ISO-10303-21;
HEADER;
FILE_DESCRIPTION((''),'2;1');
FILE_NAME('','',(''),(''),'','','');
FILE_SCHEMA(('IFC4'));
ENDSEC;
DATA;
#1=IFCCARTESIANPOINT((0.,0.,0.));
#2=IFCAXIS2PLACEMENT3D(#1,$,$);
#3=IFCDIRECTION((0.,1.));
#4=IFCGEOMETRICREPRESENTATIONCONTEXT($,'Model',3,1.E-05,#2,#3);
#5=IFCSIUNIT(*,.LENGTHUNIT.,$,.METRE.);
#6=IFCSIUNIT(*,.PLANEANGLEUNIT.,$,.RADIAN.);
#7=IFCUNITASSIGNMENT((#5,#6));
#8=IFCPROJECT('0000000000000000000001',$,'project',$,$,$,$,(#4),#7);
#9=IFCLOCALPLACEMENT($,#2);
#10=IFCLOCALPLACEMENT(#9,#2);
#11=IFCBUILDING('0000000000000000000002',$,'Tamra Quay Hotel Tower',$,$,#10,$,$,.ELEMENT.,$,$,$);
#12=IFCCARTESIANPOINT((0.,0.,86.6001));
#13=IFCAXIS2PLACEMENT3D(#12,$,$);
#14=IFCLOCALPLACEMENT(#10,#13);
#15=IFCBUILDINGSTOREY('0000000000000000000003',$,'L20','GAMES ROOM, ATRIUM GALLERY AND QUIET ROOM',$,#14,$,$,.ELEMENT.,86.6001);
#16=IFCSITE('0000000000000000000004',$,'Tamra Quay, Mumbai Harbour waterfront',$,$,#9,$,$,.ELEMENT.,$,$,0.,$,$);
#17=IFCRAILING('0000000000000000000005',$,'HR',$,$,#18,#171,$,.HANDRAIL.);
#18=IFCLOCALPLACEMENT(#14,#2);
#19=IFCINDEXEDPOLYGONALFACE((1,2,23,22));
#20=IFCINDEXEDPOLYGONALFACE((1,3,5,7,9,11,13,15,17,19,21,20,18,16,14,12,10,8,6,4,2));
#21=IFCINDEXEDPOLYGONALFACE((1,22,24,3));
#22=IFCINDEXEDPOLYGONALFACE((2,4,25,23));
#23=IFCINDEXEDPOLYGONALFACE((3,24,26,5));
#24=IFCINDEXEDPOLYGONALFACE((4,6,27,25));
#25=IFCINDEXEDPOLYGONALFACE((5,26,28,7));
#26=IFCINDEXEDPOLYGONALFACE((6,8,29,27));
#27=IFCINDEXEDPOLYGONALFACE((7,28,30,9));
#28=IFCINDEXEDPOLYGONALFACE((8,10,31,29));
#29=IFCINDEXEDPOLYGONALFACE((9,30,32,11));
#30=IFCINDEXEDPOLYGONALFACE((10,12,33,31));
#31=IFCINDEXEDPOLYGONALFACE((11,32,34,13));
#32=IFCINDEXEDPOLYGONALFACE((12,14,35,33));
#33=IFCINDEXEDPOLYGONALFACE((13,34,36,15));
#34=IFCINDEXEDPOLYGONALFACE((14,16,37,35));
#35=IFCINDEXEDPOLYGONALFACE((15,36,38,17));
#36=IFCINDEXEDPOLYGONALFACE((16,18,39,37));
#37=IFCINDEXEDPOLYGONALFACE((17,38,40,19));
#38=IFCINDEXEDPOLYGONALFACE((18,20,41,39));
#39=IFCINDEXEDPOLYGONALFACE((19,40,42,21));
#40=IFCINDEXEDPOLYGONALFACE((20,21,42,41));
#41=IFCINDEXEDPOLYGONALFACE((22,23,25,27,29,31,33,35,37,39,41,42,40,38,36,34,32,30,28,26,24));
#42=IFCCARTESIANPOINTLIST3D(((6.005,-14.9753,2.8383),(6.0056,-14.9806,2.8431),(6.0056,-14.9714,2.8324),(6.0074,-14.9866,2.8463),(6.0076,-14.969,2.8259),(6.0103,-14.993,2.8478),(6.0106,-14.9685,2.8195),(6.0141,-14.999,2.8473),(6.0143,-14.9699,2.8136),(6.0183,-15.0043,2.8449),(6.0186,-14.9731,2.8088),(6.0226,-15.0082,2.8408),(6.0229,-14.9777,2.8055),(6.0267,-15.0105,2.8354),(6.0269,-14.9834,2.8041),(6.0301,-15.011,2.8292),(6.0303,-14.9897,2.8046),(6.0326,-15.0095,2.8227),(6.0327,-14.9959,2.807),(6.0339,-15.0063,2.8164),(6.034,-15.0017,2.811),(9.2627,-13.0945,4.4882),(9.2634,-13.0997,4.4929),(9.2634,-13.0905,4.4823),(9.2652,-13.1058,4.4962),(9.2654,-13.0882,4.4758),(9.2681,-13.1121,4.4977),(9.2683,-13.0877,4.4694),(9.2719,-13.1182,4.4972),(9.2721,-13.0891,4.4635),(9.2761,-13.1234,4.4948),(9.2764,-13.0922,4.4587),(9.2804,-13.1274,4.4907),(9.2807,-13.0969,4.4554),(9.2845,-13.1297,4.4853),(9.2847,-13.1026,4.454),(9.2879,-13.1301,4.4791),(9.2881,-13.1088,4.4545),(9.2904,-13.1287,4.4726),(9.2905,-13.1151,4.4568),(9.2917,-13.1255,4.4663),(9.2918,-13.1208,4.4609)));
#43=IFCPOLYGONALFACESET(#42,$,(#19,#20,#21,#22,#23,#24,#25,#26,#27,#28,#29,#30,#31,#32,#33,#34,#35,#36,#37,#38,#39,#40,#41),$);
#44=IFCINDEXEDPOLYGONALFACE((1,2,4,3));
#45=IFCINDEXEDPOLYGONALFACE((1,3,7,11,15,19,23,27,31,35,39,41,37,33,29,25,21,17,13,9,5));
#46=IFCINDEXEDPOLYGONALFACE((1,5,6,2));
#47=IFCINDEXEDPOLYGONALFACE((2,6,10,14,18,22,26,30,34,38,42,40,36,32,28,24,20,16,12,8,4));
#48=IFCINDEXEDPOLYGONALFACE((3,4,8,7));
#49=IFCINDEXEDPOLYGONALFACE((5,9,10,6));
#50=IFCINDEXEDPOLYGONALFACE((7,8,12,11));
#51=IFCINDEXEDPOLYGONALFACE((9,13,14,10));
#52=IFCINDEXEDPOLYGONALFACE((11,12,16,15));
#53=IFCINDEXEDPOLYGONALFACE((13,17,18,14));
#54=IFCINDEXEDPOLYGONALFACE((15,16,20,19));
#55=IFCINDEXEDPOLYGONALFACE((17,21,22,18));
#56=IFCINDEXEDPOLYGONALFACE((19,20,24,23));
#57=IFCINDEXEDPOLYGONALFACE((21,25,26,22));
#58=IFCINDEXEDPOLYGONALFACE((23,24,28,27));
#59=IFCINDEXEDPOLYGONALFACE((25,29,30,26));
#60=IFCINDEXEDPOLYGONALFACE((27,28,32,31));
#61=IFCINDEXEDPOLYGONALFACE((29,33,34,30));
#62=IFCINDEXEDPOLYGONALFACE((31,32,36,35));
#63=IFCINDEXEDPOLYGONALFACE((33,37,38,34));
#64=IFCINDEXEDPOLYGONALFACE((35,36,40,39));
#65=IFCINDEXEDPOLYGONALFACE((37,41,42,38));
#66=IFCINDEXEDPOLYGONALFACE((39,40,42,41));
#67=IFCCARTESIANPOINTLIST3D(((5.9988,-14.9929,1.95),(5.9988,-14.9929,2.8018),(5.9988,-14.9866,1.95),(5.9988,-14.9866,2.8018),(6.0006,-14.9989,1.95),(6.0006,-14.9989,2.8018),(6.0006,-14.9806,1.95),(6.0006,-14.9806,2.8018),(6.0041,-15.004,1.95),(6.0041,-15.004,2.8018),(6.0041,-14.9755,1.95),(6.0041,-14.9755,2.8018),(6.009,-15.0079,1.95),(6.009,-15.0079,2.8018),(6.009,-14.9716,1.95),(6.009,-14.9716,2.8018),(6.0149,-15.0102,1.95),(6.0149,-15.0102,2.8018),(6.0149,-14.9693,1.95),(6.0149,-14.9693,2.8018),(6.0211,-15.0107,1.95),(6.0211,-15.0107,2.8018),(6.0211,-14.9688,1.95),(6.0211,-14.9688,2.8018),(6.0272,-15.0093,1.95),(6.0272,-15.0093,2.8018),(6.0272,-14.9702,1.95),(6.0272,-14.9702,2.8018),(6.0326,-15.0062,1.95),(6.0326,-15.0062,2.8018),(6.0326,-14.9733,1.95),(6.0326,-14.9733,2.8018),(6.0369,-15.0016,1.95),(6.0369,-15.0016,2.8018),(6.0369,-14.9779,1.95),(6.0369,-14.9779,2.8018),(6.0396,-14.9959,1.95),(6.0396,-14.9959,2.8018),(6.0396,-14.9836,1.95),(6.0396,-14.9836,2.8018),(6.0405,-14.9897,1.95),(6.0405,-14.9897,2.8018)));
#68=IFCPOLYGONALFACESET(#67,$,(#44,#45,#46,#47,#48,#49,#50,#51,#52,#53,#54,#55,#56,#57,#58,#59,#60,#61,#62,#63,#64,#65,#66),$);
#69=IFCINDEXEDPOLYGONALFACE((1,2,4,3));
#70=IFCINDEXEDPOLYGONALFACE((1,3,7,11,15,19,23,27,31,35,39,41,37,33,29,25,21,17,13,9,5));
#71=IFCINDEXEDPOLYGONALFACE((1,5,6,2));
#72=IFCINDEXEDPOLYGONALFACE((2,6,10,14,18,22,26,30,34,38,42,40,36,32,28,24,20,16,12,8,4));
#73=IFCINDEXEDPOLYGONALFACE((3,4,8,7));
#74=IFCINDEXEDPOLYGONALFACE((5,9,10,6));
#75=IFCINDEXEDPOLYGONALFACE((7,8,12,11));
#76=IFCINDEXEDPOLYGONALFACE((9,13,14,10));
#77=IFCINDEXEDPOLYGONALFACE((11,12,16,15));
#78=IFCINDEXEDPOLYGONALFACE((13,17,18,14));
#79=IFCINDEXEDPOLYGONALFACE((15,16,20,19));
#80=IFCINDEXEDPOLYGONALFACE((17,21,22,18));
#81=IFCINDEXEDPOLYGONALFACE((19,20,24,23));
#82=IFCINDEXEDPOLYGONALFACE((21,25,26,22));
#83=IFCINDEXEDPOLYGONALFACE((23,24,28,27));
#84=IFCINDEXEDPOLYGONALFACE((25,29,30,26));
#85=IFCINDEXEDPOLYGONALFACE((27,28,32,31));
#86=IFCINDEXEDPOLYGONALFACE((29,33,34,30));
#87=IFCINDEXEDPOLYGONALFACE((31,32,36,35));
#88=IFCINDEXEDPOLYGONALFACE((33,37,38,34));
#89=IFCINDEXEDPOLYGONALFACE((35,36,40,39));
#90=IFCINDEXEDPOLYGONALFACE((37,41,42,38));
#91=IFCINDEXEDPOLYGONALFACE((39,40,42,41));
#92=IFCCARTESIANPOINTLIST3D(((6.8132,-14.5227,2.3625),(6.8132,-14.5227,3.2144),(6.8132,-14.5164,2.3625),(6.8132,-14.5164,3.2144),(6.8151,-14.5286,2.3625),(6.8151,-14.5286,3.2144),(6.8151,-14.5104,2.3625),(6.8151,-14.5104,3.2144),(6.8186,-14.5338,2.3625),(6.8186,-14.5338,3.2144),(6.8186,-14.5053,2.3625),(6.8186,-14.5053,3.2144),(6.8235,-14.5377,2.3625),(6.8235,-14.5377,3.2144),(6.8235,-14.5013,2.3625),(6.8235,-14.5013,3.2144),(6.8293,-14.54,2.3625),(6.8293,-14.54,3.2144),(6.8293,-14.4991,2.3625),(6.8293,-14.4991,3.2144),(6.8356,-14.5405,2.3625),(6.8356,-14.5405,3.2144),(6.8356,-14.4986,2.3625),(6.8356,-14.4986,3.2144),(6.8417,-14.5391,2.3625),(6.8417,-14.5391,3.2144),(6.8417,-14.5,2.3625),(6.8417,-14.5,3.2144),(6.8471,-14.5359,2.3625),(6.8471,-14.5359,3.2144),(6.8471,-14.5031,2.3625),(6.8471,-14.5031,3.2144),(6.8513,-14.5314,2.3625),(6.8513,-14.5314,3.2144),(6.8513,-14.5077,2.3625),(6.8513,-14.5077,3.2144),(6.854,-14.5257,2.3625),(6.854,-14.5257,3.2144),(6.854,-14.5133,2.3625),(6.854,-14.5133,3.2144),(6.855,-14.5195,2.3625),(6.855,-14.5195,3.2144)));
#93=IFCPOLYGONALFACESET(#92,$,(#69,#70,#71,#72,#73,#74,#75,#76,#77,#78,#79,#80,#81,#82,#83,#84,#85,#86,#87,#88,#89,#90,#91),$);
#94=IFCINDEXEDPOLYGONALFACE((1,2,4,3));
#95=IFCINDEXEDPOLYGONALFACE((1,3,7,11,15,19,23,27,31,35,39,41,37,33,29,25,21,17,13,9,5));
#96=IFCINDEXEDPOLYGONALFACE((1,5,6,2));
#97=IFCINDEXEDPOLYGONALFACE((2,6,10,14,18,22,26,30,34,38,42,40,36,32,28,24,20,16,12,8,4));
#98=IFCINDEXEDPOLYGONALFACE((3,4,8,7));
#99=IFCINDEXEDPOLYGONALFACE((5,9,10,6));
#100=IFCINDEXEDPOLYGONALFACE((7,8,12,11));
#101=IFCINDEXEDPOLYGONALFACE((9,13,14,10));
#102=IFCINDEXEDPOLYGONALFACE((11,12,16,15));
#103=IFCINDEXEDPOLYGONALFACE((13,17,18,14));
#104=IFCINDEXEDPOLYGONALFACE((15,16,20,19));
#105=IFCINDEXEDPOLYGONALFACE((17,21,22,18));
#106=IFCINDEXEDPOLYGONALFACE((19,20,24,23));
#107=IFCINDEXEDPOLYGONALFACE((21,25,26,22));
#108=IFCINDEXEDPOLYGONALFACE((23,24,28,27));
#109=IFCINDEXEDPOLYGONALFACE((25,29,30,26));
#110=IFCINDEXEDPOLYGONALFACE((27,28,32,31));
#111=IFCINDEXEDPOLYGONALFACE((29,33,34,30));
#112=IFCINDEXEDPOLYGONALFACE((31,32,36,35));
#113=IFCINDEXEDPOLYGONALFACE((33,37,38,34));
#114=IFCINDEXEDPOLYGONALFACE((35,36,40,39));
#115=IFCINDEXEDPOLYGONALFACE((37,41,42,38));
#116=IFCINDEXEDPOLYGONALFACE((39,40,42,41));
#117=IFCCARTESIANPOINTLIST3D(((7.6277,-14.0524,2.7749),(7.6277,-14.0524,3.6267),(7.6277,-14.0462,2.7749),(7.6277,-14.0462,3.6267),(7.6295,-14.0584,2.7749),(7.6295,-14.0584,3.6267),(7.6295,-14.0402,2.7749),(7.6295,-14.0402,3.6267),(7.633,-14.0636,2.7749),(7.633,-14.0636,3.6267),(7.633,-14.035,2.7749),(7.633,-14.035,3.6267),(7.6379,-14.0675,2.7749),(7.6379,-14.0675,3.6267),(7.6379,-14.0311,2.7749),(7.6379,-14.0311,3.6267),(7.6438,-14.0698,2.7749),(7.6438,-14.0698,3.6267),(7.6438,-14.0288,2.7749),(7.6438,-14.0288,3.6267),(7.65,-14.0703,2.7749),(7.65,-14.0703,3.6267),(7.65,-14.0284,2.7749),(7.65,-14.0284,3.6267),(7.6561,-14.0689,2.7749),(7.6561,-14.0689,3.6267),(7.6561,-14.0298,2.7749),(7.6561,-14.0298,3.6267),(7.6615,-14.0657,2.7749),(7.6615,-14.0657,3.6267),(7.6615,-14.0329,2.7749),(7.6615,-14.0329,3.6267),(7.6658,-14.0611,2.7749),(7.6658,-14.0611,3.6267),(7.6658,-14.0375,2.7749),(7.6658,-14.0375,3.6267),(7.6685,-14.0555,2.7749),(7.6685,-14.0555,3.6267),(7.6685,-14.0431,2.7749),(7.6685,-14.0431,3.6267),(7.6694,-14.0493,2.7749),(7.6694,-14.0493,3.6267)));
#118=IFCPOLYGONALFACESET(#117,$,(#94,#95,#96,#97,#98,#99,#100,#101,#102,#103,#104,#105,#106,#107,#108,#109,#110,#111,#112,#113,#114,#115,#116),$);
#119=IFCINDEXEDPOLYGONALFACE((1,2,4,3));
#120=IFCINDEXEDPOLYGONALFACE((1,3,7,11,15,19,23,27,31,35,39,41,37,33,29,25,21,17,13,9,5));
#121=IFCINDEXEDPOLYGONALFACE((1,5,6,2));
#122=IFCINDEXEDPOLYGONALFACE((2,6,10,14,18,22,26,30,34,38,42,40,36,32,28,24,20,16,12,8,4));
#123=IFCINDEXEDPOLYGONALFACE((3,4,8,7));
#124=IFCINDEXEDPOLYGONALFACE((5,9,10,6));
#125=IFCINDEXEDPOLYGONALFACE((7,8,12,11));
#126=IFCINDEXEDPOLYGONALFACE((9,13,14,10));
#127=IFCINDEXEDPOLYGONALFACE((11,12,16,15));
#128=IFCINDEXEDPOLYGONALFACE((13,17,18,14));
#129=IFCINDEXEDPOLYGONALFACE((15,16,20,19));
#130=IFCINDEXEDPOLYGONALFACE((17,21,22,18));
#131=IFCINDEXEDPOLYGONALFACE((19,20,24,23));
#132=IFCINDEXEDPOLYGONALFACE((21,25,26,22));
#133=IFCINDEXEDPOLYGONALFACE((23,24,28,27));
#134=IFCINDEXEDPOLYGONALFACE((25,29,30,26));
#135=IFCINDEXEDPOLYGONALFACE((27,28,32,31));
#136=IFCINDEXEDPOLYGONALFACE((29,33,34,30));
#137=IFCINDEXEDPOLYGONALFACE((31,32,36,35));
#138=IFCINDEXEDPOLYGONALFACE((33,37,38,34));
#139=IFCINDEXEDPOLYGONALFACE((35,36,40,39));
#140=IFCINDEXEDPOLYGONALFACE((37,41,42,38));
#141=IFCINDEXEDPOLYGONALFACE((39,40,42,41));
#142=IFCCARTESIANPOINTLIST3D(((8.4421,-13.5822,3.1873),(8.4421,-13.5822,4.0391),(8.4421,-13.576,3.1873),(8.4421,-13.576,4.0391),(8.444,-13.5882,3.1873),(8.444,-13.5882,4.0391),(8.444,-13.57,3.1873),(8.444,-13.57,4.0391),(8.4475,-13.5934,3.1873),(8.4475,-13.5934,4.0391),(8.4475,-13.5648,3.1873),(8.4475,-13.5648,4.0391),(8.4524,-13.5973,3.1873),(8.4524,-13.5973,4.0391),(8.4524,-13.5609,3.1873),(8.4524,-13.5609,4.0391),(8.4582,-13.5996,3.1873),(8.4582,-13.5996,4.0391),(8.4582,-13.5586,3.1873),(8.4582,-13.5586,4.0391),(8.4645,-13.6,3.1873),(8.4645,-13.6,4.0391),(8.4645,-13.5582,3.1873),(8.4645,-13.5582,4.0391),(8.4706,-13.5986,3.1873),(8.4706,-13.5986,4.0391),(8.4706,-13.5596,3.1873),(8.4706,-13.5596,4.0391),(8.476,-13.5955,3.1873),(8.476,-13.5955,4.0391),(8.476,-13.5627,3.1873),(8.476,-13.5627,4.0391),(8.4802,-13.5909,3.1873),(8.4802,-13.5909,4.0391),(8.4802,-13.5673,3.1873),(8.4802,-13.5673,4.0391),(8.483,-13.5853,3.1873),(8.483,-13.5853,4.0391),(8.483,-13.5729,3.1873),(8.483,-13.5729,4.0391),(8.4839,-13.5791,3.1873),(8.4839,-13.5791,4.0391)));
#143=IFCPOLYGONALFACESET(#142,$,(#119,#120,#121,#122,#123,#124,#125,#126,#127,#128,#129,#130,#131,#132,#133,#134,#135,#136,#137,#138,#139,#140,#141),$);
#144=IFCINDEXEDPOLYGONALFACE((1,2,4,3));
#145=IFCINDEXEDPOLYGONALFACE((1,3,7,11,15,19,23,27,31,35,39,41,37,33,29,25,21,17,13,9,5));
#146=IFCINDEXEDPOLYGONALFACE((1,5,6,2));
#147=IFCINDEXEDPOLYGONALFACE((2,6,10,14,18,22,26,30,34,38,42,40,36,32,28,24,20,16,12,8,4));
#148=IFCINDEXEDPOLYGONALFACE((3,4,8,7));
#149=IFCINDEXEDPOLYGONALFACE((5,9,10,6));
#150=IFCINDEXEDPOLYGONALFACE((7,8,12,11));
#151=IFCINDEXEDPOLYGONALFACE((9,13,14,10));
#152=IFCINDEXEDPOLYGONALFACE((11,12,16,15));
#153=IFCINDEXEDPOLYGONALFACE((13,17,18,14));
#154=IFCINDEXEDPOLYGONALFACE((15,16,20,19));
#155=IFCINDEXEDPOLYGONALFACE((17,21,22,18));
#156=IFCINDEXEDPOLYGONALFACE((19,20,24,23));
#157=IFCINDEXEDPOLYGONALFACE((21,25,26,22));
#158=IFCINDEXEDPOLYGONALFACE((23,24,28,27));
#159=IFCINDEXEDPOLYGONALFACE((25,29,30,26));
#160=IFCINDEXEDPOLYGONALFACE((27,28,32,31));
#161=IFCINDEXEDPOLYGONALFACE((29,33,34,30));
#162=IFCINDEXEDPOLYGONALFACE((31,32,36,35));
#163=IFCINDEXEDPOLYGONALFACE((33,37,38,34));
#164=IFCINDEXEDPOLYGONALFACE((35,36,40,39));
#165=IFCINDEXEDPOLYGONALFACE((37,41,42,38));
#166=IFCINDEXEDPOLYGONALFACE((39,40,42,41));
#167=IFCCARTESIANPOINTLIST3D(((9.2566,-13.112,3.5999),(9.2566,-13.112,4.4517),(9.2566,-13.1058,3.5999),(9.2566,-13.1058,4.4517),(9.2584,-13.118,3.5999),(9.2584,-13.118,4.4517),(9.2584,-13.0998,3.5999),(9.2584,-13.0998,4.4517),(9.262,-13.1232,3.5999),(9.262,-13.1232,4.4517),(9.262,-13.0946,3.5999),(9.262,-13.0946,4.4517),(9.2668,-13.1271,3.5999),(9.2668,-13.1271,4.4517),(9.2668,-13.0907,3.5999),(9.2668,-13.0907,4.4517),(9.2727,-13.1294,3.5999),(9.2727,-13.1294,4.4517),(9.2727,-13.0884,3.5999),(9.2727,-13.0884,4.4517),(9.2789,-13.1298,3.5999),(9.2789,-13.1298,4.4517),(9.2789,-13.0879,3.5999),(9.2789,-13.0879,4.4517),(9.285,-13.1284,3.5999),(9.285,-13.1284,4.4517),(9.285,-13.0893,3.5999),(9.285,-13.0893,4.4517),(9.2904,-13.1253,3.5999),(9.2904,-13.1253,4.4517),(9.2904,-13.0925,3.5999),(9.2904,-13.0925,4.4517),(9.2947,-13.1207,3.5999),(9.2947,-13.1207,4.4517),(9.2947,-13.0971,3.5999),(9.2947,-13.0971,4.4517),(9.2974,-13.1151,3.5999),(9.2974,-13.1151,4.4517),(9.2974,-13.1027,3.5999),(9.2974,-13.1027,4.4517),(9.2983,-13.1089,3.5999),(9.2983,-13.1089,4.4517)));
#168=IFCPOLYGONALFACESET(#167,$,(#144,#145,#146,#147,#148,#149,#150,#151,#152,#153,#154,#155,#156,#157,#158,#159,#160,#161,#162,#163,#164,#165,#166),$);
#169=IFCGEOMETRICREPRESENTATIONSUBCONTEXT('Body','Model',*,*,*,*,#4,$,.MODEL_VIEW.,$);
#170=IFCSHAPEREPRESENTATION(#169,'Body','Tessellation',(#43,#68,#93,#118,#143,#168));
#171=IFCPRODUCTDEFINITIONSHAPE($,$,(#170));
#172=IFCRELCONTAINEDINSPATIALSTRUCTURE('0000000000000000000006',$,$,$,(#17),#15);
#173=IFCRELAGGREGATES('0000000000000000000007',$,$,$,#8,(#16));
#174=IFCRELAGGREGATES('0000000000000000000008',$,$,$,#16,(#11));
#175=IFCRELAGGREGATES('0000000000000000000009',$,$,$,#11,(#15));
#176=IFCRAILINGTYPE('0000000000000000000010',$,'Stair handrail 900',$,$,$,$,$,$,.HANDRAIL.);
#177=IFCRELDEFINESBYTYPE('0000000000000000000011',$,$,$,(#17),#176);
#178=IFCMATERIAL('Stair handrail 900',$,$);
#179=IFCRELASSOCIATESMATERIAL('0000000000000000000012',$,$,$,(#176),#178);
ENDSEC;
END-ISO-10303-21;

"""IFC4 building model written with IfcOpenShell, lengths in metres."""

from ifc_helpers import new_model, si_unit, direction, frame, origin, origin_2d, place, context, subcontext, project, spatial, circle, extrude, material, type_object, element, save


model = new_model("IFC4")

# Units and contexts
model_context = context("Model", 3, precision=1e-05, world=origin(), true_north=direction((0.0, 1.0)))
body_context = subcontext(model_context, "Body", "Model", "MODEL_VIEW")
ifc_project = project(units=[si_unit("LENGTHUNIT", "METRE"), si_unit("PLANEANGLEUNIT", "RADIAN")], contexts=[model_context])

# Site, building, storey
site_placement = place(None, origin())
site = spatial("IfcSite", under=ifc_project, at=site_placement, Name="Tamra Quay, Mumbai Harbour waterfront", CompositionType="ELEMENT", RefElevation=0.0)
building_placement = place(site_placement, origin())
building = spatial("IfcBuilding", under=site, at=building_placement, Name="Tamra Quay Hotel Tower", CompositionType="ELEMENT")
storey_placement = place(building_placement, frame((0.0, 0.0, 86.6001)))
storey = spatial("IfcBuildingStorey", under=building, at=storey_placement, Name="L20", Description="GAMES ROOM, ATRIUM GALLERY AND QUIET ROOM", CompositionType="ELEMENT", Elevation=86.6001)

# Railing
ifc_material_1 = material(Name="Stair handrail 900")
railing_type_1 = type_object("IfcRailingType", Name="Stair handrail 900", PredefinedType="HANDRAIL", material=ifc_material_1)
railing_1_placement = place(storey_placement, frame((6.0195, -14.9897, 1.95)))
element("IfcRailing", 1, at=railing_1_placement, inside=storey, type_object=railing_type_1, Name="HR", PredefinedType="HANDRAIL", context=body_context, shape_type="SweptSolid", body=[
    extrude(circle(Radius=0.0239, at=origin_2d()), frame((0.0, 0.0, 0.876), z_axis=(0.7931, 0.457887, 0.401661), x_axis=(-0.499992, 0.86603, 0.0)), (0.0, 0.0, 1.0), 4.1077),
    extrude(circle(Radius=0.021, at=origin_2d()), origin(), (0.0, 0.0, 1.0), 0.8518),
    extrude(circle(Radius=0.021, at=origin_2d()), frame((0.8145, 0.4702, 0.4126)), (0.0, 0.0, 1.0), 0.8518),
    extrude(circle(Radius=0.021, at=origin_2d()), frame((1.6289, 0.9404, 0.825)), (0.0, 0.0, 1.0), 0.8518),
    extrude(circle(Radius=0.021, at=origin_2d()), frame((2.4434, 1.4106, 1.2373)), (0.0, 0.0, 1.0), 0.8518),
    extrude(circle(Radius=0.021, at=origin_2d()), frame((3.2578, 1.8809, 1.6499)), (0.0, 0.0, 1.0), 0.8518),
])

save(model, "model.ifc")
